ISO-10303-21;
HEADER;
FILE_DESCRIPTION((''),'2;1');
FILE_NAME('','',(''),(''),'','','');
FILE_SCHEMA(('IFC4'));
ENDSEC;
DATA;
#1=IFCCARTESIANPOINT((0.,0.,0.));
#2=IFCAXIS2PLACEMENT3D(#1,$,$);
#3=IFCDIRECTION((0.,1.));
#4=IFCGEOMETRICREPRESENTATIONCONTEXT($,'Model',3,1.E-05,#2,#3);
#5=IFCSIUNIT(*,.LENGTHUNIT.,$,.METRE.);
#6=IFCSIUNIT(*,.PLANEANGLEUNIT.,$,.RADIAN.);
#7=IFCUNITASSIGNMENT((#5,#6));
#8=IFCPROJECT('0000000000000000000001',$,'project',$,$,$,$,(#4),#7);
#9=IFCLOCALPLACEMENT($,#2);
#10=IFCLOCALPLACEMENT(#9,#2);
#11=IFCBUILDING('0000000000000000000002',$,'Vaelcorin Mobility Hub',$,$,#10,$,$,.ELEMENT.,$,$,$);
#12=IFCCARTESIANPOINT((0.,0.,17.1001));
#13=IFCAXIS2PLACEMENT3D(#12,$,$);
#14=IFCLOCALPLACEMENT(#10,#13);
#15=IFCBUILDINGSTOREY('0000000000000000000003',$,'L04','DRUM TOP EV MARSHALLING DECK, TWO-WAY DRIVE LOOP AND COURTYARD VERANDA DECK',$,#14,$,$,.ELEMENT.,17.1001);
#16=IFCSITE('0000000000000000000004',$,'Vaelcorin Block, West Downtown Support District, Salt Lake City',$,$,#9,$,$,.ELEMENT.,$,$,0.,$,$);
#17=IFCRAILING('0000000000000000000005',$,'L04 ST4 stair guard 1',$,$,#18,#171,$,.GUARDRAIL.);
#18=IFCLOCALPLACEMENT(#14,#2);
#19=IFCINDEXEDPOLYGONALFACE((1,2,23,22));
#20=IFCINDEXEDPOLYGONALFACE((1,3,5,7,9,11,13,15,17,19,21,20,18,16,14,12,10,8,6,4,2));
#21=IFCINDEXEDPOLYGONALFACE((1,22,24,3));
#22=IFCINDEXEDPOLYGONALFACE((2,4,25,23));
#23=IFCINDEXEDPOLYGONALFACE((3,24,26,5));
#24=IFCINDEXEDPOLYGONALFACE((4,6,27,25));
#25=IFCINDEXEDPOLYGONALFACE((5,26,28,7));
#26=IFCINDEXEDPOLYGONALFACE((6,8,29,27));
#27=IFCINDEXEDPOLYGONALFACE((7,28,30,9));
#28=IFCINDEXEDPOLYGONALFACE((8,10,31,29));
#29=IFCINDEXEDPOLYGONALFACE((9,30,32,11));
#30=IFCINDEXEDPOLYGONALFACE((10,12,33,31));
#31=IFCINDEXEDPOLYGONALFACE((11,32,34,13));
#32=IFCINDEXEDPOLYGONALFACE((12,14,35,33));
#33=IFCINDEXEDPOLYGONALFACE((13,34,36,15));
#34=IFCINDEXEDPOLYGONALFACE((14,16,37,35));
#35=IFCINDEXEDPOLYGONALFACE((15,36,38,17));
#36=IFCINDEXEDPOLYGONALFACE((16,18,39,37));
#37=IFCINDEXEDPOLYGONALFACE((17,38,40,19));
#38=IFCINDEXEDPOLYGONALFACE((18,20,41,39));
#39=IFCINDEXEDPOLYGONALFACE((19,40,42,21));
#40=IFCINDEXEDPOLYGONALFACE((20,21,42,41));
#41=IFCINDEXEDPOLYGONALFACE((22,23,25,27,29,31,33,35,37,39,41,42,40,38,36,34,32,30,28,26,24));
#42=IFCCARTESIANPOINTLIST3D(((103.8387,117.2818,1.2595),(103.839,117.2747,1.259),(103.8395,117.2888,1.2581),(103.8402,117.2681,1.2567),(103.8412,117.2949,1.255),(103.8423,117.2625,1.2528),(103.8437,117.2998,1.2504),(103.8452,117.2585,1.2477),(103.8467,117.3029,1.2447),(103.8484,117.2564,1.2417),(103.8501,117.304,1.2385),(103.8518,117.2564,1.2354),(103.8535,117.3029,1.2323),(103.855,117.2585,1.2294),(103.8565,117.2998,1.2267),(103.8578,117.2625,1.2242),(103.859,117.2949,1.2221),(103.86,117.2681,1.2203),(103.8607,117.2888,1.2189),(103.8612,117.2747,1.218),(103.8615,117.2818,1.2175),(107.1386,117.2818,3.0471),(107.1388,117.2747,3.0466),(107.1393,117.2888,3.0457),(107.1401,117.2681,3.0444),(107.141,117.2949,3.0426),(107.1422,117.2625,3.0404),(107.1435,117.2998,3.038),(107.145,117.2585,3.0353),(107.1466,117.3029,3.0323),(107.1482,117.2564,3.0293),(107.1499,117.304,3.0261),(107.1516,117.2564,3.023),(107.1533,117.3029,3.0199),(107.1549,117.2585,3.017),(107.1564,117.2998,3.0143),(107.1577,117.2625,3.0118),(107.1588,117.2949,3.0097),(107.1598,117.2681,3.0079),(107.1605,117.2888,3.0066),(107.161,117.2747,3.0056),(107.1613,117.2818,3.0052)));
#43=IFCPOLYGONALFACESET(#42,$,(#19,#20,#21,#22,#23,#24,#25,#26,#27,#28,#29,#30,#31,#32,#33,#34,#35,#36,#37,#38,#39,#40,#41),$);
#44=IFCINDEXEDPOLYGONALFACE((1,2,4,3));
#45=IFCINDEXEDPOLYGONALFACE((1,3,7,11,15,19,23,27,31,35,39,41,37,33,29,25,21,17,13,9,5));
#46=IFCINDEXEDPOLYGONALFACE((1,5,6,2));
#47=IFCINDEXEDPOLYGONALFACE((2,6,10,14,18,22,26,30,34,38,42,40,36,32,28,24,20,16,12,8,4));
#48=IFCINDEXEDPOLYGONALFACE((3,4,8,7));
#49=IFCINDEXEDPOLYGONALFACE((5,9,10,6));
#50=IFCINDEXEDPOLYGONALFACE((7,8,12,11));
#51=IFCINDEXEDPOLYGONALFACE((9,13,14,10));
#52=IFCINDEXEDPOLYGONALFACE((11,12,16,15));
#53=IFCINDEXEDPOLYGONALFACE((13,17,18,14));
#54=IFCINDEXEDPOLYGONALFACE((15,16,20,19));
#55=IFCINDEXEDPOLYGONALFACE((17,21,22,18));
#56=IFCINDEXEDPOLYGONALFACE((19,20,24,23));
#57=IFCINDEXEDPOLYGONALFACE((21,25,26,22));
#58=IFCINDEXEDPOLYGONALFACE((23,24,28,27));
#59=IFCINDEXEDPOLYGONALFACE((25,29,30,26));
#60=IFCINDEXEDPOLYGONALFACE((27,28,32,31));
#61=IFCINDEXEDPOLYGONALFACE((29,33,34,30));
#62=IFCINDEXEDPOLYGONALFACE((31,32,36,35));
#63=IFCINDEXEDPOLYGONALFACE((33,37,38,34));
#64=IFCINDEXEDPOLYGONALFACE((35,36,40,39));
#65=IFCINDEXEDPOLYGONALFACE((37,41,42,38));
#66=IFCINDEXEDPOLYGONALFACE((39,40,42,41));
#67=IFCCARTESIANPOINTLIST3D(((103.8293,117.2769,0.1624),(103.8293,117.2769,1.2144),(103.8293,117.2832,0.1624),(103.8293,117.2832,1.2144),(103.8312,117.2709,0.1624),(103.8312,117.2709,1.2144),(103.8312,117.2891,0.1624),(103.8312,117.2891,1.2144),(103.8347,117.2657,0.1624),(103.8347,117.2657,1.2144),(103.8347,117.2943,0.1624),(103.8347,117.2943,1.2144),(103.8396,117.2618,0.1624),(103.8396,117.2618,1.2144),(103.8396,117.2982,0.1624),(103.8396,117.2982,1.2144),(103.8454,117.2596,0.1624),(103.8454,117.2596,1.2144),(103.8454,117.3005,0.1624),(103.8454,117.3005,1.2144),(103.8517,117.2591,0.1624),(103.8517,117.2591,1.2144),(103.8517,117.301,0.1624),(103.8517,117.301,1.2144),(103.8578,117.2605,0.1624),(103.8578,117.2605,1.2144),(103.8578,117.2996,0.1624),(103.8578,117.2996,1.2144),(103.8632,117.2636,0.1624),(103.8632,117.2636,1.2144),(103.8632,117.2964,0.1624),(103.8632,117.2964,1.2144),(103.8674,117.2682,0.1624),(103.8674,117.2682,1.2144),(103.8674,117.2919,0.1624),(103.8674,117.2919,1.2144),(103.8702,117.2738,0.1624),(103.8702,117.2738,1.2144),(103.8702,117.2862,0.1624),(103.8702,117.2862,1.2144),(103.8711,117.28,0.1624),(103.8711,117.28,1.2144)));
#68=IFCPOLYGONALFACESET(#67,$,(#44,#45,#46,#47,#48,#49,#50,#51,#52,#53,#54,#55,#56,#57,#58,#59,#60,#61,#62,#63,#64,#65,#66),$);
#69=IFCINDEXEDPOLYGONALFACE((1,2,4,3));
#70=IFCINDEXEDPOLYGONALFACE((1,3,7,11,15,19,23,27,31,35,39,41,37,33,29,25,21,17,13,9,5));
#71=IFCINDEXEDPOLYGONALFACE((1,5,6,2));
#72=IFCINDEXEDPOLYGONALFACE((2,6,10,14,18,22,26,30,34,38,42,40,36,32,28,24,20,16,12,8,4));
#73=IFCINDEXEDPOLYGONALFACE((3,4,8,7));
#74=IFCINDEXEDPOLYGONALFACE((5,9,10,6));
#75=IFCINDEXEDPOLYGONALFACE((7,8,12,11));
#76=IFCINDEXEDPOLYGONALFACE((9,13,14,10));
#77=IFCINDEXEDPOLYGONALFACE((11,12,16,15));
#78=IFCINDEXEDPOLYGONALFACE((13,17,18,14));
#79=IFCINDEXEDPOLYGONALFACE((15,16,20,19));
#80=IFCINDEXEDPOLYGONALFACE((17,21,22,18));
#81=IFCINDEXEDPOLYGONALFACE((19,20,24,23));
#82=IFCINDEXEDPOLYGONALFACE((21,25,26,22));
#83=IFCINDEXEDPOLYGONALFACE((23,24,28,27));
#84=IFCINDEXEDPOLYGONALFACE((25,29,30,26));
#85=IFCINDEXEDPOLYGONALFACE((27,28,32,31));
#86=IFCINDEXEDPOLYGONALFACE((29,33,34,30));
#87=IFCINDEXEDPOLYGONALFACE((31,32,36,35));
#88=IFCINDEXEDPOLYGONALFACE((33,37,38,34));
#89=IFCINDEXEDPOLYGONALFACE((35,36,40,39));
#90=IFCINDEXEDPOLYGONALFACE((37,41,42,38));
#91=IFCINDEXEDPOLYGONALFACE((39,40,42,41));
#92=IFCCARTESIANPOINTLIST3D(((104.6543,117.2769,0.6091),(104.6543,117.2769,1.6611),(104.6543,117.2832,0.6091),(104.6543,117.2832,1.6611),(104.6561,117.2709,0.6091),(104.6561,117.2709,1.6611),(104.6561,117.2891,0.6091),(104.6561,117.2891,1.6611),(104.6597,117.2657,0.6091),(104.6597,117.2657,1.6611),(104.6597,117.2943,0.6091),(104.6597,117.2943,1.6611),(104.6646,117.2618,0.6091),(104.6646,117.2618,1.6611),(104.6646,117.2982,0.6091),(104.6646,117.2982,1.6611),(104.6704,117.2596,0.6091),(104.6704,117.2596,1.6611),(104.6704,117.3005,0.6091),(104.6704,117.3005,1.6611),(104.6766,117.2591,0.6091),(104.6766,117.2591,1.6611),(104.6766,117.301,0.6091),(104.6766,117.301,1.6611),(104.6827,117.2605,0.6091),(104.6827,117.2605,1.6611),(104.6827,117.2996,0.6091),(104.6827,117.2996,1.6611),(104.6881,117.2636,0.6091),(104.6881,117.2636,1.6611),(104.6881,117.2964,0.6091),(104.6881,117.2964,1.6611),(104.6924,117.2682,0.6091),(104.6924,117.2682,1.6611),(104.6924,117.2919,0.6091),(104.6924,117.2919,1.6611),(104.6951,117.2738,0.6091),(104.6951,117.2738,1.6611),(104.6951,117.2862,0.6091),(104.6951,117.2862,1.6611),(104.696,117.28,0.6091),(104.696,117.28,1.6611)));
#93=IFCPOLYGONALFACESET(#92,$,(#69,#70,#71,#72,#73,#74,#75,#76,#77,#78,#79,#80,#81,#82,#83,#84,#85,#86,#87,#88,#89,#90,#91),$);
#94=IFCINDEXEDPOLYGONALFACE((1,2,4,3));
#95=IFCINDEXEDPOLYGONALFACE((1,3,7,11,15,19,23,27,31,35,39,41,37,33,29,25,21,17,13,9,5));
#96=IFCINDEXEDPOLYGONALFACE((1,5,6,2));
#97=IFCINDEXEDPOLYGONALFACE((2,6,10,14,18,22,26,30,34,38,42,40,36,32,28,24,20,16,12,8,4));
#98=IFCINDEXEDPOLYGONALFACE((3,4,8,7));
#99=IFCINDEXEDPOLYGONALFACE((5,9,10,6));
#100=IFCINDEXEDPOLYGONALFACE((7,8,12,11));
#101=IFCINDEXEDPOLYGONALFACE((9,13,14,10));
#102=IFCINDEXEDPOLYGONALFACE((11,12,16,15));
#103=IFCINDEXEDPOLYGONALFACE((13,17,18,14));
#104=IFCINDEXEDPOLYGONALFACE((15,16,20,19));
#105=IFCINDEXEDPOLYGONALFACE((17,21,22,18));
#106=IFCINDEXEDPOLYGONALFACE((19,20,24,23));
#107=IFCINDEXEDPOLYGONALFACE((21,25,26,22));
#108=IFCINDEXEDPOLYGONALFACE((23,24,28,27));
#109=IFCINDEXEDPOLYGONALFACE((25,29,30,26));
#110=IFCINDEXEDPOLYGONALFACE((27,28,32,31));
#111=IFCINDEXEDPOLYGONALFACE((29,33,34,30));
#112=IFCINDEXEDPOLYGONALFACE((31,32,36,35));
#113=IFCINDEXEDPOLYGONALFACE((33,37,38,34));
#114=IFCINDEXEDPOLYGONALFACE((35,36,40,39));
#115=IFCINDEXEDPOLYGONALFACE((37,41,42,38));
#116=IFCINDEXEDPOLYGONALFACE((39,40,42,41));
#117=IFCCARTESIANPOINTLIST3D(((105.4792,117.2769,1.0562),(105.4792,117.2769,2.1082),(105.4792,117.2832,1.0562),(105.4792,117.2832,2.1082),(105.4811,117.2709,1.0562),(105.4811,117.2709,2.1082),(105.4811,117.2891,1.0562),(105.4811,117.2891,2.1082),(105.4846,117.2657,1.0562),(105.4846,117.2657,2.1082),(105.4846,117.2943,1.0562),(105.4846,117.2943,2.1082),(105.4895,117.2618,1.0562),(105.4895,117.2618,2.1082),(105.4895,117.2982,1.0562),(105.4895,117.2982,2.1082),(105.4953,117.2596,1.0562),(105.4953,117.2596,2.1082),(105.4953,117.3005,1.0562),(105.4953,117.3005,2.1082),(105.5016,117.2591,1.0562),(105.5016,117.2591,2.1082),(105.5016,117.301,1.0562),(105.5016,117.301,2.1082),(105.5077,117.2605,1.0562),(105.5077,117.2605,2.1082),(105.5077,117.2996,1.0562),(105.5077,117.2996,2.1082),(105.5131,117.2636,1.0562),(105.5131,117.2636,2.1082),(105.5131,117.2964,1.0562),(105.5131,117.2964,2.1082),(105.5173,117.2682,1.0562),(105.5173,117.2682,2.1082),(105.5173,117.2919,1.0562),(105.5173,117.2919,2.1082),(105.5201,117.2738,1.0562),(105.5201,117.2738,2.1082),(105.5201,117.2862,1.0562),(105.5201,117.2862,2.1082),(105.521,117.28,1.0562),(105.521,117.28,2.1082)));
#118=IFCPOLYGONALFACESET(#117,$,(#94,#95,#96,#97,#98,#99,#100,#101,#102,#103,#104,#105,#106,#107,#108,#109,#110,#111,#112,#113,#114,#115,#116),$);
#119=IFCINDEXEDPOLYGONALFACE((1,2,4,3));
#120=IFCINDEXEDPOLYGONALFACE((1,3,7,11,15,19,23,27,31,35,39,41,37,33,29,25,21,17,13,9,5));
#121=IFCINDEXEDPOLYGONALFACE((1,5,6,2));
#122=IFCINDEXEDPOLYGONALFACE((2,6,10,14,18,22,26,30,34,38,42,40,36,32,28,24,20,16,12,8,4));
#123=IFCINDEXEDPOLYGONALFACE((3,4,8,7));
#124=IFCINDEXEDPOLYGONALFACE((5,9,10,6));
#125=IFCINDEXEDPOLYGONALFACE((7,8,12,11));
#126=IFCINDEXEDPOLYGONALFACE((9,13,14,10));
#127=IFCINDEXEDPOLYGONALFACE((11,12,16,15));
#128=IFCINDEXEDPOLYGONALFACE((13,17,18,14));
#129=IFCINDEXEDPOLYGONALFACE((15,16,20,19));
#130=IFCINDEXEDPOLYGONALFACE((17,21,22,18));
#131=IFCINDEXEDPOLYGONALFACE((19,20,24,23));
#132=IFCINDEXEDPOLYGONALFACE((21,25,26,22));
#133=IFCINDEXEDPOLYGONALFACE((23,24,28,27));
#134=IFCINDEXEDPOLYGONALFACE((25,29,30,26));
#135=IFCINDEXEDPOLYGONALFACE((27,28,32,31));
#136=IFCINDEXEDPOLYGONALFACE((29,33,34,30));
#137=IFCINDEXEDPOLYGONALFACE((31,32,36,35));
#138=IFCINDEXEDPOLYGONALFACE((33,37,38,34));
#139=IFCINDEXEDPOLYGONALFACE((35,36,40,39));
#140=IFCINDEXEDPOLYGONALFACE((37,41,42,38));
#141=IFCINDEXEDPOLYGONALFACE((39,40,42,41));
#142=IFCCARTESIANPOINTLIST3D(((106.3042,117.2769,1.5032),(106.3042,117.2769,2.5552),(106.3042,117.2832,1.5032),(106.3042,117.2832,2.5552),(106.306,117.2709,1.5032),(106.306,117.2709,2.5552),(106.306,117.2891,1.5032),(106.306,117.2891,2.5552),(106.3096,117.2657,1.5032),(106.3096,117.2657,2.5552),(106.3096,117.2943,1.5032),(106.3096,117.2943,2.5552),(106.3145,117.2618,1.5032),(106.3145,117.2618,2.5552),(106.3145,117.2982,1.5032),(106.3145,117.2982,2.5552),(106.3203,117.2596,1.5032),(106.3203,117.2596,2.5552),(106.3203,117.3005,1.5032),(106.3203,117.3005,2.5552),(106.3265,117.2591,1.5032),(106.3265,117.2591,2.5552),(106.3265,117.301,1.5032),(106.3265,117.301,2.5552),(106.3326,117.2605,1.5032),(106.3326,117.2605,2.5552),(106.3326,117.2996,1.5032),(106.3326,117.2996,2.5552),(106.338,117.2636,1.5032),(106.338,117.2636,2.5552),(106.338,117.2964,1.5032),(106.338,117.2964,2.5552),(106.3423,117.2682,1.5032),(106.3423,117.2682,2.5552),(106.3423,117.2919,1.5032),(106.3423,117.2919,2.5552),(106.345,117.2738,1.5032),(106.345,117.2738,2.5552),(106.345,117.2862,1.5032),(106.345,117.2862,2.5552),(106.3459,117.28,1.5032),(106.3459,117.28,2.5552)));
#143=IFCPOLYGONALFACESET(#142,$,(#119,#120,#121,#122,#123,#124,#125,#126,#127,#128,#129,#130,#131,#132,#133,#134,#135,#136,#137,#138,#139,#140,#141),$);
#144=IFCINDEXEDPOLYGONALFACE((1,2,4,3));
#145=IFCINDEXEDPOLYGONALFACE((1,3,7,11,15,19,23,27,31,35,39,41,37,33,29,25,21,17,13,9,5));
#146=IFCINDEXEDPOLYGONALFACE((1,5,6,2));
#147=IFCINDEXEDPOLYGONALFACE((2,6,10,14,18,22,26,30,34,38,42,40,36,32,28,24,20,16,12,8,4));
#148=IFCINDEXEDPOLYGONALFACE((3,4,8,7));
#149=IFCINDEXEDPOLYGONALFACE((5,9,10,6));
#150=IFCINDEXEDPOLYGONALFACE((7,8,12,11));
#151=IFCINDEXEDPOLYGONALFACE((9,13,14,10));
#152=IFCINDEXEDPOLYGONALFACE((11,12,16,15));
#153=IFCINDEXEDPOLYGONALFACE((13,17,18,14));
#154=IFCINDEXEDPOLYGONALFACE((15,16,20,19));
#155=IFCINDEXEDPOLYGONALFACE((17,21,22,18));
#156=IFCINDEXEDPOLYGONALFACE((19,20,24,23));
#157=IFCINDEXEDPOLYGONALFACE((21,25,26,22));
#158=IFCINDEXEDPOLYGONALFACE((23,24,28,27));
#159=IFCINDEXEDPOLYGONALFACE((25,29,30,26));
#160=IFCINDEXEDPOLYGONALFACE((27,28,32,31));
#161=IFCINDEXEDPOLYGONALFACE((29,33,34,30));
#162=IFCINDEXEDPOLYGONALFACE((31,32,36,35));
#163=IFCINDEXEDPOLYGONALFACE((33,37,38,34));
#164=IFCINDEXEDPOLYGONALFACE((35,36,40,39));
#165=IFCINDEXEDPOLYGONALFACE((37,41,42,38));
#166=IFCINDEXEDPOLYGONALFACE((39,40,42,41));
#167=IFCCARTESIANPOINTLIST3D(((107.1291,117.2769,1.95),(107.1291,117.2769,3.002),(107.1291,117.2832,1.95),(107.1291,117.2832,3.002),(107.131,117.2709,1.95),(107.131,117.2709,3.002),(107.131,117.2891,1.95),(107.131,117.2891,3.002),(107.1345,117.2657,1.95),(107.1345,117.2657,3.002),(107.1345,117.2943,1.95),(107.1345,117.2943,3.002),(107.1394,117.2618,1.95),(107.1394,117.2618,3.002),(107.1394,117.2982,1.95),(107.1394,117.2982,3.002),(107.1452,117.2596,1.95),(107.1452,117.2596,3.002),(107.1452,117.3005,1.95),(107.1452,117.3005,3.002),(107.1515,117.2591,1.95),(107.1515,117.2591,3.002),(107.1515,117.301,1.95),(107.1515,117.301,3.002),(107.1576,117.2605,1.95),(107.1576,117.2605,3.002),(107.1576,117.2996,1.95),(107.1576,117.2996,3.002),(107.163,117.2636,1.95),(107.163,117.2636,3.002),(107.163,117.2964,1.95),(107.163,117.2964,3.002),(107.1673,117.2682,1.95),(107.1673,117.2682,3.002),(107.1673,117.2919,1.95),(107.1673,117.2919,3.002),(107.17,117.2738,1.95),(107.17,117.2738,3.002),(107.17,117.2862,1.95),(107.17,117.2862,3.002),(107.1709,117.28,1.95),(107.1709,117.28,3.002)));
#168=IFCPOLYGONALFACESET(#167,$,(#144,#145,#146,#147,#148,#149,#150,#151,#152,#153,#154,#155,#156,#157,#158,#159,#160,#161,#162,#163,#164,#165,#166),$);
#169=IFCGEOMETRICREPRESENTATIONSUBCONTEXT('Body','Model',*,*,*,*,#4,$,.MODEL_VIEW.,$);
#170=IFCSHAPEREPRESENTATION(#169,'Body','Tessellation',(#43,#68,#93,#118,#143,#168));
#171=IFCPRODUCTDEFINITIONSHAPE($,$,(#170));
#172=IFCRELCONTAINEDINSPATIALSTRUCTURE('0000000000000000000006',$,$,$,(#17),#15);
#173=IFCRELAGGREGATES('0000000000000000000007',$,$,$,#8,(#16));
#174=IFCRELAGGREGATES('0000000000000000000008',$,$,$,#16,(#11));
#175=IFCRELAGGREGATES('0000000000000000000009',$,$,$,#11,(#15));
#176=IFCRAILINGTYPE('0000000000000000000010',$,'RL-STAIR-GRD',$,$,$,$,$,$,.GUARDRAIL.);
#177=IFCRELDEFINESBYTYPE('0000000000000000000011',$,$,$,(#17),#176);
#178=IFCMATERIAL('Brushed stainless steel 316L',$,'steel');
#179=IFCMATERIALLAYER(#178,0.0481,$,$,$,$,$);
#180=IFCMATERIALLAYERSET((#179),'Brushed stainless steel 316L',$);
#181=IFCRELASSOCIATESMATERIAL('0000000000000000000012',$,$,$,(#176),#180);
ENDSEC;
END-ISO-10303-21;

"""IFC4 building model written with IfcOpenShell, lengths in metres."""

from ifc_helpers import new_model, si_unit, direction, frame, origin, origin_2d, place, context, subcontext, project, spatial, circle, extrude, material, layer, layer_set, type_object, element, save


model = new_model("IFC4")

# Units and contexts
model_context = context("Model", 3, precision=1e-05, world=origin(), true_north=direction((0.0, 1.0)))
body_context = subcontext(model_context, "Body", "Model", "MODEL_VIEW")
ifc_project = project(units=[si_unit("LENGTHUNIT", "METRE"), si_unit("PLANEANGLEUNIT", "RADIAN")], contexts=[model_context])

# Site, building, storey
site_placement = place(None, origin())
site = spatial("IfcSite", under=ifc_project, at=site_placement, Name="Vaelcorin Block, West Downtown Support District, Salt Lake City", CompositionType="ELEMENT", RefElevation=0.0)
building_placement = place(site_placement, origin())
building = spatial("IfcBuilding", under=site, at=building_placement, Name="Vaelcorin Mobility Hub", CompositionType="ELEMENT")
storey_placement = place(building_placement, frame((0.0, 0.0, 17.1001)))
storey = spatial("IfcBuildingStorey", under=building, at=storey_placement, Name="L04", Description="DRUM TOP EV MARSHALLING DECK, TWO-WAY DRIVE LOOP AND COURTYARD VERANDA DECK", CompositionType="ELEMENT", Elevation=17.1001)

# Shared definitions
ifc_material_1 = material(Name="Brushed stainless steel 316L", Category="steel")

# Railing
ifc_layer_1 = layer(ifc_material_1, 0.0481)
ifc_layer_set_1 = layer_set([ifc_layer_1], Name="Brushed stainless steel 316L")
railing_type_1 = type_object("IfcRailingType", Name="RL-STAIR-GRD", PredefinedType="GUARDRAIL", material=ifc_layer_set_1)
railing_placement = place(storey_placement, frame((103.8501, 117.28, 0.1624)))
element("IfcRailing", 1, at=railing_placement, inside=storey, type_object=railing_type_1, Name="L04 ST4 stair guard 1", PredefinedType="GUARDRAIL", context=body_context, shape_type="SweptSolid", body=[
    extrude(circle(Radius=0.0239, at=origin_2d()), frame((0.0, 0.0, 1.0762), z_axis=(0.879269, 0.0, 0.476325), x_axis=(0.0, 1.0, 0.0)), (0.0, 0.0, 1.0), 3.7529),
    extrude(circle(Radius=0.021, at=origin_2d()), origin(), (0.0, 0.0, 1.0), 1.052),
    extrude(circle(Radius=0.021, at=origin_2d()), frame((0.825, 0.0, 0.4468)), (0.0, 0.0, 1.0), 1.052),
    extrude(circle(Radius=0.021, at=origin_2d()), frame((1.6499, 0.0, 0.8938)), (0.0, 0.0, 1.0), 1.052),
    extrude(circle(Radius=0.021, at=origin_2d()), frame((2.4749, 0.0, 1.3408)), (0.0, 0.0, 1.0), 1.052),
    extrude(circle(Radius=0.021, at=origin_2d()), frame((3.2998, 0.0, 1.7876)), (0.0, 0.0, 1.0), 1.052),
])

save(model, "model.ifc")
